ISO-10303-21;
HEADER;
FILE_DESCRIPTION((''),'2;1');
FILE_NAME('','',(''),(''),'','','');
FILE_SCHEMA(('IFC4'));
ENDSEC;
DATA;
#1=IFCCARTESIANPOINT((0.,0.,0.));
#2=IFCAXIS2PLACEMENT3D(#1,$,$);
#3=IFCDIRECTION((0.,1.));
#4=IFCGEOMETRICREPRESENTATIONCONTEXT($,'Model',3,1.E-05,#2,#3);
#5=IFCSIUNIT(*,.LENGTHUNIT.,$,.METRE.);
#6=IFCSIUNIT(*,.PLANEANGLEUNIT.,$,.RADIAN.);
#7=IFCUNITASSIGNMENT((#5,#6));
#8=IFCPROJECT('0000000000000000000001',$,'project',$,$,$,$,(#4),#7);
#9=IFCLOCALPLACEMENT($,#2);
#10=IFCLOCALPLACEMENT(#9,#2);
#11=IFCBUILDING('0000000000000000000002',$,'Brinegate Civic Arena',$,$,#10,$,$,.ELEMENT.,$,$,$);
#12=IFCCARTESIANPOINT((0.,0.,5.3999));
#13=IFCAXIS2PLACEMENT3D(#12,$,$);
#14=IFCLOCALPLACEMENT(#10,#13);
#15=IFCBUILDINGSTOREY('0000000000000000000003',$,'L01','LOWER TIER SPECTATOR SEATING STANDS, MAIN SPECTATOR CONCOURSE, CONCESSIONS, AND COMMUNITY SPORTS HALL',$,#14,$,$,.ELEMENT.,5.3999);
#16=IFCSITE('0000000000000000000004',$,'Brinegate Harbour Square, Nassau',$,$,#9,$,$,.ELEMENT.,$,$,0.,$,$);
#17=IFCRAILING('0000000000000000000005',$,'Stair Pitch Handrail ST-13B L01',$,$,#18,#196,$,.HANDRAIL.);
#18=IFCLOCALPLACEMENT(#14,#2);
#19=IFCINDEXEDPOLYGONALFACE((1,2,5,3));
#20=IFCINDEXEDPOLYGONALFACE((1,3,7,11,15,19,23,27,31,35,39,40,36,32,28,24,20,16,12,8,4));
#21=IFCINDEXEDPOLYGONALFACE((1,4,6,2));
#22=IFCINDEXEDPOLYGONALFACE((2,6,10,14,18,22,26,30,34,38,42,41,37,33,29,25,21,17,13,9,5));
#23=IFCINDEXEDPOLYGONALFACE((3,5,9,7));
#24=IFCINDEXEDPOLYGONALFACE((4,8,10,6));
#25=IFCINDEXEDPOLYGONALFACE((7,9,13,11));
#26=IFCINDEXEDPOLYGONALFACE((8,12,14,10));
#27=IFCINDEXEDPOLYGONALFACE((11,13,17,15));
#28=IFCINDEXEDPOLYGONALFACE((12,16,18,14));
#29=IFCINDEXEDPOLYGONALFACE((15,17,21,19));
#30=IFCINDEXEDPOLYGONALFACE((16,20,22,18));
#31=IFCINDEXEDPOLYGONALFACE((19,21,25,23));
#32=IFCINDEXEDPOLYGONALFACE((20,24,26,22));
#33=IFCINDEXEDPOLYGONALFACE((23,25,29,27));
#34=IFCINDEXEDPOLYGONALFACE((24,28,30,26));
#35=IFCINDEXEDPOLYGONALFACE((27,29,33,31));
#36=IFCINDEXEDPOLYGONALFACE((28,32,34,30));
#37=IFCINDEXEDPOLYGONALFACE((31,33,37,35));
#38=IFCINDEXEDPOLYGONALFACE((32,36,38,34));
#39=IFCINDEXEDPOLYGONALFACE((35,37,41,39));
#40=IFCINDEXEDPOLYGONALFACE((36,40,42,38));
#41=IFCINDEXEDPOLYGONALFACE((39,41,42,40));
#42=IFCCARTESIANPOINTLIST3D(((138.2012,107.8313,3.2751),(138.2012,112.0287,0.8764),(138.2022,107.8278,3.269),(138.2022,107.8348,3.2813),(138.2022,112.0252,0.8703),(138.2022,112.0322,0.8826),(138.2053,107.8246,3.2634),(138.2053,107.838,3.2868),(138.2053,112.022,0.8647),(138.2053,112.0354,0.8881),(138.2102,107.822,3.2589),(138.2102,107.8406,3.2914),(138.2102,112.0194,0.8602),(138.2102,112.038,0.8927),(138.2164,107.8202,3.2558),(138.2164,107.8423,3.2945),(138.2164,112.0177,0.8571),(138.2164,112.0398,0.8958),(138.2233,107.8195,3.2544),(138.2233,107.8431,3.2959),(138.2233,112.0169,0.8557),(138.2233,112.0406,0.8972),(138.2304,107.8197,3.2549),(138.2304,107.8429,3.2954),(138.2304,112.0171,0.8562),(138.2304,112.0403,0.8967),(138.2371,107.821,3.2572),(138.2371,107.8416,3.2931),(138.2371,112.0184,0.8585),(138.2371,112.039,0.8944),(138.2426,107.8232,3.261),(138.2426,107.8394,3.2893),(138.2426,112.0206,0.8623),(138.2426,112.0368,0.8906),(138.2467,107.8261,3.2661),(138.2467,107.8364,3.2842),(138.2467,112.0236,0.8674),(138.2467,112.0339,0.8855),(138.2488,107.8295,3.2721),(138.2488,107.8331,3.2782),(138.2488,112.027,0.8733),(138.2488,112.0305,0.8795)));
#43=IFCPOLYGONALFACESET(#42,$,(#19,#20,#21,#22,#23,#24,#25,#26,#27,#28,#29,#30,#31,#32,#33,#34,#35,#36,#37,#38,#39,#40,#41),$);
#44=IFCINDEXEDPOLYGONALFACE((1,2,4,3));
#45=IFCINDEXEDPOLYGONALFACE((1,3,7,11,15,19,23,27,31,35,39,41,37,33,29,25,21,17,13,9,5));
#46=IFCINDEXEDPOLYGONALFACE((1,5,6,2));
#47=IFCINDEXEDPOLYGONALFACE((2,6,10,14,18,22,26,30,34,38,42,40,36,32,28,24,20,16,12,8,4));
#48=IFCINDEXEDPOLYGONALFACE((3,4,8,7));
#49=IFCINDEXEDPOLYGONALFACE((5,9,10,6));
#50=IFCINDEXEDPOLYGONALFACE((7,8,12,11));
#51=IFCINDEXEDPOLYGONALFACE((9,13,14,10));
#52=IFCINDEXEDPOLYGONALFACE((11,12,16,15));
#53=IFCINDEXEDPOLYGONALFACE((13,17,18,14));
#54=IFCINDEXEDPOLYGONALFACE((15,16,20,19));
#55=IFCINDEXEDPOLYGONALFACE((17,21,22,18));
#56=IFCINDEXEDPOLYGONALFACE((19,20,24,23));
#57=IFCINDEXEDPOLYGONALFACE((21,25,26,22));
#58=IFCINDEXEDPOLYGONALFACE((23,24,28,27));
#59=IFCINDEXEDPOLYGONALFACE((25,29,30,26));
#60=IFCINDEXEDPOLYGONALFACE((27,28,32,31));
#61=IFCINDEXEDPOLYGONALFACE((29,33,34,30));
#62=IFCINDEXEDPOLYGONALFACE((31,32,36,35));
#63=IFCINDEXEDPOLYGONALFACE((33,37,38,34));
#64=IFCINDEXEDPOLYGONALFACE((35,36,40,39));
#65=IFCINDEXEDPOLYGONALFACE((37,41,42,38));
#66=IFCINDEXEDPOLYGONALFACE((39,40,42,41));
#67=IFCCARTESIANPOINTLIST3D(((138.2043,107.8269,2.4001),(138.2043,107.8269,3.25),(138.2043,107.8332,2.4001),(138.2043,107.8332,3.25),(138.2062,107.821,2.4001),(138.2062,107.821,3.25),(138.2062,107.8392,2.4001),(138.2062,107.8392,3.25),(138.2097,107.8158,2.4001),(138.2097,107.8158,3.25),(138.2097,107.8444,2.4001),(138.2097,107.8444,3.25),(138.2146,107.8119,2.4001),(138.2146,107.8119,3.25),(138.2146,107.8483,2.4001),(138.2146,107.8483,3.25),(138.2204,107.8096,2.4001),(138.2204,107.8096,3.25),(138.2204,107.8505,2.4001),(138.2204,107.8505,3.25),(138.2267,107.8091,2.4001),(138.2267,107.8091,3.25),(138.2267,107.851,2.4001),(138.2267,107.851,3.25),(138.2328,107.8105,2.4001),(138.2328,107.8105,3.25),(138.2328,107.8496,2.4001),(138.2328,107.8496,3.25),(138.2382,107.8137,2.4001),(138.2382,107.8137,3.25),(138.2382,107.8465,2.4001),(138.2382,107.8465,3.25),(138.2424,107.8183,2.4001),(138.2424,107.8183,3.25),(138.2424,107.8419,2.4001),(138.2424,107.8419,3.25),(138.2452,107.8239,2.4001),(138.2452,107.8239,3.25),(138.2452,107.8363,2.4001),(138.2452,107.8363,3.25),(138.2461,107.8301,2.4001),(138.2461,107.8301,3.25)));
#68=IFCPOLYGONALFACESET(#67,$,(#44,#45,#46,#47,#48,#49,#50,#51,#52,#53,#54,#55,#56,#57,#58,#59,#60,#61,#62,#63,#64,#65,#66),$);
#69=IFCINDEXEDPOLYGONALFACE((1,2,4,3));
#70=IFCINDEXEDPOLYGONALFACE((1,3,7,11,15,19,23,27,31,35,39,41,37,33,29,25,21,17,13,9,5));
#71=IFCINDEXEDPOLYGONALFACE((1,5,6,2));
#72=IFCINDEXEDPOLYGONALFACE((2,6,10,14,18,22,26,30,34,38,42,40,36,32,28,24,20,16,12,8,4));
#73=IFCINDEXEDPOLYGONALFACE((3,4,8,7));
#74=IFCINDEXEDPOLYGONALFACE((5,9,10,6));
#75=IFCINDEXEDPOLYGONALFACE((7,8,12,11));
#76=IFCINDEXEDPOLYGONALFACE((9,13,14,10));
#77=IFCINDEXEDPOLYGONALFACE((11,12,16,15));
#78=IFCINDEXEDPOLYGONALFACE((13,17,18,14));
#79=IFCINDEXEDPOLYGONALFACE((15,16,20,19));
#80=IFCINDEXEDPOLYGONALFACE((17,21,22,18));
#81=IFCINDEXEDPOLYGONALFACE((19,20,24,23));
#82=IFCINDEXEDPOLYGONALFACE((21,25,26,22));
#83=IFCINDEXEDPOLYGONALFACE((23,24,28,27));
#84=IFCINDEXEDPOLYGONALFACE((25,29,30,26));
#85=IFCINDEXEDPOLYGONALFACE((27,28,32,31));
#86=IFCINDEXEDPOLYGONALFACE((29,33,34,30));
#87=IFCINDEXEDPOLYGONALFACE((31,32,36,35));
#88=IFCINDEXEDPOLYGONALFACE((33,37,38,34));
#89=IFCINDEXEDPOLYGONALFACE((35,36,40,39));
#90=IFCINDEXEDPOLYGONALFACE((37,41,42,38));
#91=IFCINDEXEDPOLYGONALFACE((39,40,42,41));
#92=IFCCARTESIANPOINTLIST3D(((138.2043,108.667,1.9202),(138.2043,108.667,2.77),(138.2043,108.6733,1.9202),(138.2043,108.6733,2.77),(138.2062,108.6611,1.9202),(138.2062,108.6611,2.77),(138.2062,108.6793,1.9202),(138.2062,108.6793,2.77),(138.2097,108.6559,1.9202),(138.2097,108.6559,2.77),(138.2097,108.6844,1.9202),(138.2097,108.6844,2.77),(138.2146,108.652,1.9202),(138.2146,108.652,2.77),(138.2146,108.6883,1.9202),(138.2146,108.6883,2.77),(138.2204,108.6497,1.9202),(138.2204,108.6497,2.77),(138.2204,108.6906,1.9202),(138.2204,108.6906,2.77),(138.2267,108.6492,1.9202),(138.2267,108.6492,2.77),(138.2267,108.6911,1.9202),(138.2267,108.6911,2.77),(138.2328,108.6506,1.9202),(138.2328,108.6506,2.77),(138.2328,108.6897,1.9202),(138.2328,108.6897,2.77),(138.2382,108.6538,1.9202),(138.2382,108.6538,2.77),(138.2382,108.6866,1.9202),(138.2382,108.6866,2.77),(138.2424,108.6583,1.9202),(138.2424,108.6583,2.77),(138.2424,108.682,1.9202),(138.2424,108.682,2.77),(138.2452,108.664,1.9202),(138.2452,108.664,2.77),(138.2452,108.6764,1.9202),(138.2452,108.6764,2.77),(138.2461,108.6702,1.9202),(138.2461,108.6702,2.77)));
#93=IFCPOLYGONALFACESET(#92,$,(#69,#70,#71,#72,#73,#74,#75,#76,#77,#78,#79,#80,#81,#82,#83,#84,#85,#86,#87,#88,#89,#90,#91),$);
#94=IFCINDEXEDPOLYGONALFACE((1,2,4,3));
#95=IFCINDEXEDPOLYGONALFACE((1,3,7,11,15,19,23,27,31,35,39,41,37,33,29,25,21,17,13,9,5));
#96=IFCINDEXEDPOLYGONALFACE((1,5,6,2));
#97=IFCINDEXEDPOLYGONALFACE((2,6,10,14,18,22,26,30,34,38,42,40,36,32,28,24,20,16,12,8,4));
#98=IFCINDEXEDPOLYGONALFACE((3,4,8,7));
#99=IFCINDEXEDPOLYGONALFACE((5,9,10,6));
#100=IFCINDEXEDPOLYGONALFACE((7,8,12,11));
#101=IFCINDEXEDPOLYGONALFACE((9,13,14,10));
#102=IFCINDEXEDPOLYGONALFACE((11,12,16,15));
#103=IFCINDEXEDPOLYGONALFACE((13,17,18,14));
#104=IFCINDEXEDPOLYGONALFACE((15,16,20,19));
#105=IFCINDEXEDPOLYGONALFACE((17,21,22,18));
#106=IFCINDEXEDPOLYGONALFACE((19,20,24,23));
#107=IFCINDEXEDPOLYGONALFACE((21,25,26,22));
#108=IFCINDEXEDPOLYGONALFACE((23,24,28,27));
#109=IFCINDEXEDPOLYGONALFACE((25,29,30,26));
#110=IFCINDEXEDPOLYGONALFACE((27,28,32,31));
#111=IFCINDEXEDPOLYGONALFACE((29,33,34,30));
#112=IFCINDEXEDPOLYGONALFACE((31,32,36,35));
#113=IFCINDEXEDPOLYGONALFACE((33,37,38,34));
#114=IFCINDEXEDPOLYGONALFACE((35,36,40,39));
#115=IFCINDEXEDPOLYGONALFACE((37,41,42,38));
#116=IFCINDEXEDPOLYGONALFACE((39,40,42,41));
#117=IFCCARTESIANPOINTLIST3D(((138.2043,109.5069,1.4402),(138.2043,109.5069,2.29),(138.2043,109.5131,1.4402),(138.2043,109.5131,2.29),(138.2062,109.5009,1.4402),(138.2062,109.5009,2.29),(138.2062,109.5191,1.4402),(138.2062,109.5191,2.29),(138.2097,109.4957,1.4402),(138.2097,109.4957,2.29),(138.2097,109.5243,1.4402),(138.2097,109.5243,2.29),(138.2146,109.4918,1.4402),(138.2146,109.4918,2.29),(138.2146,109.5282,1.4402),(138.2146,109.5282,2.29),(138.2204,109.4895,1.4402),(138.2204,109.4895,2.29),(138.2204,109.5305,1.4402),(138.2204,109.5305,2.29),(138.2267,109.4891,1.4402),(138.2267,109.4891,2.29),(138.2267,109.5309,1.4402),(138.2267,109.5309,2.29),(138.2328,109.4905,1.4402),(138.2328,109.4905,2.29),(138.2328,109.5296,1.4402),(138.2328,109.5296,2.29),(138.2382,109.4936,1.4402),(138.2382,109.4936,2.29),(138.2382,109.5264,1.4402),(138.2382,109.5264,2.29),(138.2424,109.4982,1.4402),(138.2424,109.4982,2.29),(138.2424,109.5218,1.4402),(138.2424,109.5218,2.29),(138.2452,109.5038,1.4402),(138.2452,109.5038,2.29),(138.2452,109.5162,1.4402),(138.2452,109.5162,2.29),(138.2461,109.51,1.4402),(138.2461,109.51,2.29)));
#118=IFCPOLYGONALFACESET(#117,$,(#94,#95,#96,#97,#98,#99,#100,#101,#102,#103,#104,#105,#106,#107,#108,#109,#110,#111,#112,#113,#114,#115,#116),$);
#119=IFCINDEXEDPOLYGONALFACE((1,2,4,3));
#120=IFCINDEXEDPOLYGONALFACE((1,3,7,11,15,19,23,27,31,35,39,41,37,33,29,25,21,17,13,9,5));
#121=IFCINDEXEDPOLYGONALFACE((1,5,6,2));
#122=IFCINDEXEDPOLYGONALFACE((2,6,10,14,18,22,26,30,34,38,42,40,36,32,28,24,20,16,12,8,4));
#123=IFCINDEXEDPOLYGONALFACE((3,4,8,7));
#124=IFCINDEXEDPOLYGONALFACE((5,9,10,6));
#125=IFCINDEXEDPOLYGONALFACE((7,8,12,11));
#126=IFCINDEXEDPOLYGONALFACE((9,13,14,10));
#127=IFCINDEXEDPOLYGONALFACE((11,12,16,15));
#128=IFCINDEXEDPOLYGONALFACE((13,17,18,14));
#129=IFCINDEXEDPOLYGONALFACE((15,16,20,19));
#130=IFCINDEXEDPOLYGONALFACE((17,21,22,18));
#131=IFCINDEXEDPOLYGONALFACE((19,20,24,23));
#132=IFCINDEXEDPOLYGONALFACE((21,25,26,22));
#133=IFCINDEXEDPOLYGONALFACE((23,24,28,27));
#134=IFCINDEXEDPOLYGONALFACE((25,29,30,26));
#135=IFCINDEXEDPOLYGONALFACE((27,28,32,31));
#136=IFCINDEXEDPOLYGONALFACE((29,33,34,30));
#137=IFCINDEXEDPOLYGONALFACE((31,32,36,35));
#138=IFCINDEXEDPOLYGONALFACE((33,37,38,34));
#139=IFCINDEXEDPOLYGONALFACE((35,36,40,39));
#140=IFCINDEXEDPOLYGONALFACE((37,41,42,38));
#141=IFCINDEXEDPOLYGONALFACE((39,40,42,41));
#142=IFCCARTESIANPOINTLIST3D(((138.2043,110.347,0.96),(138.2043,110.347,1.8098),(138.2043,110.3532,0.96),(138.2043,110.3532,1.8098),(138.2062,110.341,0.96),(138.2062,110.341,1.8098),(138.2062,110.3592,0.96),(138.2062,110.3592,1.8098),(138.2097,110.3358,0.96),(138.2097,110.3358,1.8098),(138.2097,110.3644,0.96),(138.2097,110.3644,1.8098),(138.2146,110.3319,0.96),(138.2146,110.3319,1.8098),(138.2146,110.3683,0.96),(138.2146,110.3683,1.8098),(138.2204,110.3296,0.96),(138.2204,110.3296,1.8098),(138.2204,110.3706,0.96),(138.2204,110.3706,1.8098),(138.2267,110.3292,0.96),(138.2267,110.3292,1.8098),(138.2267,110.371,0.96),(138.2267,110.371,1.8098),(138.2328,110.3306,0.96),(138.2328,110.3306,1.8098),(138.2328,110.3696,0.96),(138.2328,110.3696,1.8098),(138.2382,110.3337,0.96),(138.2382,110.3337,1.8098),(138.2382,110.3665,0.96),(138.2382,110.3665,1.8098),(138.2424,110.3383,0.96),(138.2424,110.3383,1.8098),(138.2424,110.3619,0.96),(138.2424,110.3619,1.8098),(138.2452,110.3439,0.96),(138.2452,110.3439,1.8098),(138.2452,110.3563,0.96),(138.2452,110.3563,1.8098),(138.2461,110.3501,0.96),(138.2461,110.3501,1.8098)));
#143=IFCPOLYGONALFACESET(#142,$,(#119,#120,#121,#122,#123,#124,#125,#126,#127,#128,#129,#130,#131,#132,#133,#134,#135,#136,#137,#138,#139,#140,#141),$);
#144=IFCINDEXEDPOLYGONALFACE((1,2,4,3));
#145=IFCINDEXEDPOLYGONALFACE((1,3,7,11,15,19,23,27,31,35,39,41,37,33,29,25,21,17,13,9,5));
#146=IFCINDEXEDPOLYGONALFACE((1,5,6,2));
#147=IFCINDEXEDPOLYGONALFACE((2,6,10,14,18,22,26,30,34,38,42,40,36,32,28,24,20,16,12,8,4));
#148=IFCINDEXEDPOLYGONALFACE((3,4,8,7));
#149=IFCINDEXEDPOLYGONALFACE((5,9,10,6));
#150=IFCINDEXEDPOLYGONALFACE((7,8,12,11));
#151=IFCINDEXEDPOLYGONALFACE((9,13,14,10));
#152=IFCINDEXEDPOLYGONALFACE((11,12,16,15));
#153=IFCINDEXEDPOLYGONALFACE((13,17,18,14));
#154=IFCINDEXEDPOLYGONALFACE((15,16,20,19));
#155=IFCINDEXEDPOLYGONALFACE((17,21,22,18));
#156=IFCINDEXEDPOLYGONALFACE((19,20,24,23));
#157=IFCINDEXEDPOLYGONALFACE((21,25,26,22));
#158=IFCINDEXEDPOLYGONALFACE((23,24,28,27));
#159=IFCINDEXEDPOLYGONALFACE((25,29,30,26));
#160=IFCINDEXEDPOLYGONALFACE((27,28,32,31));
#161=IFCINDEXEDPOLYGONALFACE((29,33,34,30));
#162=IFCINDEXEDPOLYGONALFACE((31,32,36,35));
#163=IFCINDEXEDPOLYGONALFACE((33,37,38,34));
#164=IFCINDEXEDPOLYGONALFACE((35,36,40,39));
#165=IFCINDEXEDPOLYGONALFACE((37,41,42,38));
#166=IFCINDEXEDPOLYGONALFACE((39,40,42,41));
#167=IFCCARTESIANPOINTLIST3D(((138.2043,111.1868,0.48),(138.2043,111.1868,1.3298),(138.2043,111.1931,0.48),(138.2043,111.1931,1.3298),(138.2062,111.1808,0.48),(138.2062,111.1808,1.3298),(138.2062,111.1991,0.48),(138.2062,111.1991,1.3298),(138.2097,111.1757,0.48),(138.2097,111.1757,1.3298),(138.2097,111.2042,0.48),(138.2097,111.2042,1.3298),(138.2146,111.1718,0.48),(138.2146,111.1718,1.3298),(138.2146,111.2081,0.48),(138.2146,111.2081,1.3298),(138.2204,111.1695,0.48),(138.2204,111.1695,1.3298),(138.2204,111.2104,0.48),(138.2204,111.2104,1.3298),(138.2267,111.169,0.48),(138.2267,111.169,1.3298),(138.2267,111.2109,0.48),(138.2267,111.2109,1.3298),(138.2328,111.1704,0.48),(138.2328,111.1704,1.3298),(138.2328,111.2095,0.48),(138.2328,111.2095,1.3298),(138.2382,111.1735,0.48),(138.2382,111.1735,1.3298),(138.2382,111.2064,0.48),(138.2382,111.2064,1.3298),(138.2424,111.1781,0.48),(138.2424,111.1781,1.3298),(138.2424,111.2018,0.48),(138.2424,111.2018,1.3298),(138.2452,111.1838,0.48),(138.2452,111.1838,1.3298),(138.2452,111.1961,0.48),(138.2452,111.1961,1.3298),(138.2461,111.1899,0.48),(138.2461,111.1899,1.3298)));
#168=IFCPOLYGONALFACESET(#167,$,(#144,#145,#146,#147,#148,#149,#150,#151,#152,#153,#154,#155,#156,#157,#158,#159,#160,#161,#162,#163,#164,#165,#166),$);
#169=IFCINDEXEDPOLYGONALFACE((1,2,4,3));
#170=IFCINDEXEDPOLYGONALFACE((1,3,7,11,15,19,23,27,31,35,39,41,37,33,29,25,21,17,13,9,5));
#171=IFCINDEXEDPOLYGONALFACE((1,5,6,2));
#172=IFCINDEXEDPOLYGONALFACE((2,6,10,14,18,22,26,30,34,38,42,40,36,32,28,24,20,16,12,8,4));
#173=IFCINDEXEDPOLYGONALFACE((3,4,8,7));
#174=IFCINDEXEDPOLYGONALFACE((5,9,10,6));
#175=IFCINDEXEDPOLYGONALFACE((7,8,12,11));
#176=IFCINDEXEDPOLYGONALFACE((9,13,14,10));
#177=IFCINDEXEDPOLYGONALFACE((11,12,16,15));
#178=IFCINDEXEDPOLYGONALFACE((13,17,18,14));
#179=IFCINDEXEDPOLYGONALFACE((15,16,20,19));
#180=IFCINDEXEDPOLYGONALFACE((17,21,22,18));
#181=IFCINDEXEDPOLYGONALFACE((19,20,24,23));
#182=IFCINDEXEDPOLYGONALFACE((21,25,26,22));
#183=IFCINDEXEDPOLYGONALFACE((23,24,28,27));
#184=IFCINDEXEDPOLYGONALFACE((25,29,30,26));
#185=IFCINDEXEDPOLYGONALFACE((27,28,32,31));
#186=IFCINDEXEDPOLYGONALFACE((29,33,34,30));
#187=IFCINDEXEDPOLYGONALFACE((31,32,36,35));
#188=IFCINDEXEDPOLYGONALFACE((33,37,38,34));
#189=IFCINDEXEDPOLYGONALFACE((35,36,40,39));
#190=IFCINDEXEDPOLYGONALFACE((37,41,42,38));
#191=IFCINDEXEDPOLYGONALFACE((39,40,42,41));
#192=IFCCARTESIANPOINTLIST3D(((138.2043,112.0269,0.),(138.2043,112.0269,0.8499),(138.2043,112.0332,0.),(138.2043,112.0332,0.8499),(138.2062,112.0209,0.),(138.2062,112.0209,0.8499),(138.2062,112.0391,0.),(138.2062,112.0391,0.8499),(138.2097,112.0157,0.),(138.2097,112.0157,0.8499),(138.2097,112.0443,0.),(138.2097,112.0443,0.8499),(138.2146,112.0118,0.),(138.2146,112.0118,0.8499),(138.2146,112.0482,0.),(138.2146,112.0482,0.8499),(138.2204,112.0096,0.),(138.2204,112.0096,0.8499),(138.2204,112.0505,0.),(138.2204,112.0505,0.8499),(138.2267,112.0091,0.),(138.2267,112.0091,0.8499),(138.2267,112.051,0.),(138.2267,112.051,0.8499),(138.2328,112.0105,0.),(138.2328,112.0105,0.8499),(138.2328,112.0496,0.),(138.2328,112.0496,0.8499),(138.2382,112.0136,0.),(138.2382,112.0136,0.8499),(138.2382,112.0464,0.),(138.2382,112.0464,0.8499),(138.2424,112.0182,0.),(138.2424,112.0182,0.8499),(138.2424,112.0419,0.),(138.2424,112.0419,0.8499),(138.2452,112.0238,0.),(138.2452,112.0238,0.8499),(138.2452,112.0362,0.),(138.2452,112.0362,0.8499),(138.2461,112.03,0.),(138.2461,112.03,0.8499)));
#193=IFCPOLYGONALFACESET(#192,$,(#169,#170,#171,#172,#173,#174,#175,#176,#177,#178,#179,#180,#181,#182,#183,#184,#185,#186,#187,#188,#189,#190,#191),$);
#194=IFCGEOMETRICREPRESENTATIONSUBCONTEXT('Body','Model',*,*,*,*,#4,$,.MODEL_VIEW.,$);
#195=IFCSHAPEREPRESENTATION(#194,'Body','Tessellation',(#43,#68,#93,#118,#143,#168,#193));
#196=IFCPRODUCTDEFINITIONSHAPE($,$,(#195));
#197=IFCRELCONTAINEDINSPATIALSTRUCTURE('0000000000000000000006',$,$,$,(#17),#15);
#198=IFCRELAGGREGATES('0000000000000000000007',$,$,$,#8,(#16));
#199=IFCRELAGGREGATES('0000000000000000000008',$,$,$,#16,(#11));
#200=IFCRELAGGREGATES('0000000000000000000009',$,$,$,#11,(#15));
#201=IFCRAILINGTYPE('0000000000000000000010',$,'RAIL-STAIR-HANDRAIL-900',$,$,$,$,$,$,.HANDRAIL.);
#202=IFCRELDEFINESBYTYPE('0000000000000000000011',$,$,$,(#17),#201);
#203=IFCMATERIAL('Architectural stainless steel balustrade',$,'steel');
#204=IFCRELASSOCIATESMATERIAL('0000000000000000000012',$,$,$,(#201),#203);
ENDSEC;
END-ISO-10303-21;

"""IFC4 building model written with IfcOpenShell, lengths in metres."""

from ifc_helpers import new_model, si_unit, direction, frame, origin, origin_2d, place, context, subcontext, project, spatial, circle, extrude, material, type_object, element, save


model = new_model("IFC4")

# Units and contexts
model_context = context("Model", 3, precision=1e-05, world=origin(), true_north=direction((0.0, 1.0)))
body_context = subcontext(model_context, "Body", "Model", "MODEL_VIEW")
ifc_project = project(units=[si_unit("LENGTHUNIT", "METRE"), si_unit("PLANEANGLEUNIT", "RADIAN")], contexts=[model_context])

# Site, building, storey
site_placement = place(None, origin())
site = spatial("IfcSite", under=ifc_project, at=site_placement, Name="Brinegate Harbour Square, Nassau", CompositionType="ELEMENT", RefElevation=0.0)
building_placement = place(site_placement, origin())
building = spatial("IfcBuilding", under=site, at=building_placement, Name="Brinegate Civic Arena", CompositionType="ELEMENT")
storey_placement = place(building_placement, frame((0.0, 0.0, 5.3999)))
storey = spatial("IfcBuildingStorey", under=building, at=storey_placement, Name="L01", Description="LOWER TIER SPECTATOR SEATING STANDS, MAIN SPECTATOR CONCOURSE, CONCESSIONS, AND COMMUNITY SPORTS HALL", CompositionType="ELEMENT", Elevation=5.3999)

# Railing
ifc_material_1 = material(Name="Architectural stainless steel balustrade", Category="steel")
railing_type_1 = type_object("IfcRailingType", Name="RAIL-STAIR-HANDRAIL-900", PredefinedType="HANDRAIL", material=ifc_material_1)
for number, where, name in (
    (1, (138.2251, 107.8301, 2.4001), "Stair Pitch Handrail ST-13B L01"),
):
    element("IfcRailing", number, at=place(storey_placement, frame(where)), inside=storey, type_object=railing_type_1, Name=name, PredefinedType="HANDRAIL", context=body_context, shape_type="SweptSolid", body=[
        extrude(circle(Radius=0.0239, at=origin_2d()), frame((0.0, 0.0012, 0.875), z_axis=(0.0, 0.868228, -0.496166), x_axis=(-1.0, 0.0, 0.0)), (0.0, 0.0, 1.0), 4.8345),
        extrude(circle(Radius=0.021, at=origin_2d()), origin(), (0.0, 0.0, 1.0), 0.8499),
        extrude(circle(Radius=0.021, at=origin_2d()), frame((0.0, 0.8401, -0.48)), (0.0, 0.0, 1.0), 0.8499),
        extrude(circle(Radius=0.021, at=origin_2d()), frame((0.0, 1.6799, -0.96)), (0.0, 0.0, 1.0), 0.8499),
        extrude(circle(Radius=0.021, at=origin_2d()), frame((0.0, 2.52, -1.4402)), (0.0, 0.0, 1.0), 0.8499),
        extrude(circle(Radius=0.021, at=origin_2d()), frame((0.0, 3.3599, -1.9202)), (0.0, 0.0, 1.0), 0.8499),
        extrude(circle(Radius=0.021, at=origin_2d()), frame((0.0, 4.2, -2.4001)), (0.0, 0.0, 1.0), 0.8499),
    ])

save(model, "model.ifc")
